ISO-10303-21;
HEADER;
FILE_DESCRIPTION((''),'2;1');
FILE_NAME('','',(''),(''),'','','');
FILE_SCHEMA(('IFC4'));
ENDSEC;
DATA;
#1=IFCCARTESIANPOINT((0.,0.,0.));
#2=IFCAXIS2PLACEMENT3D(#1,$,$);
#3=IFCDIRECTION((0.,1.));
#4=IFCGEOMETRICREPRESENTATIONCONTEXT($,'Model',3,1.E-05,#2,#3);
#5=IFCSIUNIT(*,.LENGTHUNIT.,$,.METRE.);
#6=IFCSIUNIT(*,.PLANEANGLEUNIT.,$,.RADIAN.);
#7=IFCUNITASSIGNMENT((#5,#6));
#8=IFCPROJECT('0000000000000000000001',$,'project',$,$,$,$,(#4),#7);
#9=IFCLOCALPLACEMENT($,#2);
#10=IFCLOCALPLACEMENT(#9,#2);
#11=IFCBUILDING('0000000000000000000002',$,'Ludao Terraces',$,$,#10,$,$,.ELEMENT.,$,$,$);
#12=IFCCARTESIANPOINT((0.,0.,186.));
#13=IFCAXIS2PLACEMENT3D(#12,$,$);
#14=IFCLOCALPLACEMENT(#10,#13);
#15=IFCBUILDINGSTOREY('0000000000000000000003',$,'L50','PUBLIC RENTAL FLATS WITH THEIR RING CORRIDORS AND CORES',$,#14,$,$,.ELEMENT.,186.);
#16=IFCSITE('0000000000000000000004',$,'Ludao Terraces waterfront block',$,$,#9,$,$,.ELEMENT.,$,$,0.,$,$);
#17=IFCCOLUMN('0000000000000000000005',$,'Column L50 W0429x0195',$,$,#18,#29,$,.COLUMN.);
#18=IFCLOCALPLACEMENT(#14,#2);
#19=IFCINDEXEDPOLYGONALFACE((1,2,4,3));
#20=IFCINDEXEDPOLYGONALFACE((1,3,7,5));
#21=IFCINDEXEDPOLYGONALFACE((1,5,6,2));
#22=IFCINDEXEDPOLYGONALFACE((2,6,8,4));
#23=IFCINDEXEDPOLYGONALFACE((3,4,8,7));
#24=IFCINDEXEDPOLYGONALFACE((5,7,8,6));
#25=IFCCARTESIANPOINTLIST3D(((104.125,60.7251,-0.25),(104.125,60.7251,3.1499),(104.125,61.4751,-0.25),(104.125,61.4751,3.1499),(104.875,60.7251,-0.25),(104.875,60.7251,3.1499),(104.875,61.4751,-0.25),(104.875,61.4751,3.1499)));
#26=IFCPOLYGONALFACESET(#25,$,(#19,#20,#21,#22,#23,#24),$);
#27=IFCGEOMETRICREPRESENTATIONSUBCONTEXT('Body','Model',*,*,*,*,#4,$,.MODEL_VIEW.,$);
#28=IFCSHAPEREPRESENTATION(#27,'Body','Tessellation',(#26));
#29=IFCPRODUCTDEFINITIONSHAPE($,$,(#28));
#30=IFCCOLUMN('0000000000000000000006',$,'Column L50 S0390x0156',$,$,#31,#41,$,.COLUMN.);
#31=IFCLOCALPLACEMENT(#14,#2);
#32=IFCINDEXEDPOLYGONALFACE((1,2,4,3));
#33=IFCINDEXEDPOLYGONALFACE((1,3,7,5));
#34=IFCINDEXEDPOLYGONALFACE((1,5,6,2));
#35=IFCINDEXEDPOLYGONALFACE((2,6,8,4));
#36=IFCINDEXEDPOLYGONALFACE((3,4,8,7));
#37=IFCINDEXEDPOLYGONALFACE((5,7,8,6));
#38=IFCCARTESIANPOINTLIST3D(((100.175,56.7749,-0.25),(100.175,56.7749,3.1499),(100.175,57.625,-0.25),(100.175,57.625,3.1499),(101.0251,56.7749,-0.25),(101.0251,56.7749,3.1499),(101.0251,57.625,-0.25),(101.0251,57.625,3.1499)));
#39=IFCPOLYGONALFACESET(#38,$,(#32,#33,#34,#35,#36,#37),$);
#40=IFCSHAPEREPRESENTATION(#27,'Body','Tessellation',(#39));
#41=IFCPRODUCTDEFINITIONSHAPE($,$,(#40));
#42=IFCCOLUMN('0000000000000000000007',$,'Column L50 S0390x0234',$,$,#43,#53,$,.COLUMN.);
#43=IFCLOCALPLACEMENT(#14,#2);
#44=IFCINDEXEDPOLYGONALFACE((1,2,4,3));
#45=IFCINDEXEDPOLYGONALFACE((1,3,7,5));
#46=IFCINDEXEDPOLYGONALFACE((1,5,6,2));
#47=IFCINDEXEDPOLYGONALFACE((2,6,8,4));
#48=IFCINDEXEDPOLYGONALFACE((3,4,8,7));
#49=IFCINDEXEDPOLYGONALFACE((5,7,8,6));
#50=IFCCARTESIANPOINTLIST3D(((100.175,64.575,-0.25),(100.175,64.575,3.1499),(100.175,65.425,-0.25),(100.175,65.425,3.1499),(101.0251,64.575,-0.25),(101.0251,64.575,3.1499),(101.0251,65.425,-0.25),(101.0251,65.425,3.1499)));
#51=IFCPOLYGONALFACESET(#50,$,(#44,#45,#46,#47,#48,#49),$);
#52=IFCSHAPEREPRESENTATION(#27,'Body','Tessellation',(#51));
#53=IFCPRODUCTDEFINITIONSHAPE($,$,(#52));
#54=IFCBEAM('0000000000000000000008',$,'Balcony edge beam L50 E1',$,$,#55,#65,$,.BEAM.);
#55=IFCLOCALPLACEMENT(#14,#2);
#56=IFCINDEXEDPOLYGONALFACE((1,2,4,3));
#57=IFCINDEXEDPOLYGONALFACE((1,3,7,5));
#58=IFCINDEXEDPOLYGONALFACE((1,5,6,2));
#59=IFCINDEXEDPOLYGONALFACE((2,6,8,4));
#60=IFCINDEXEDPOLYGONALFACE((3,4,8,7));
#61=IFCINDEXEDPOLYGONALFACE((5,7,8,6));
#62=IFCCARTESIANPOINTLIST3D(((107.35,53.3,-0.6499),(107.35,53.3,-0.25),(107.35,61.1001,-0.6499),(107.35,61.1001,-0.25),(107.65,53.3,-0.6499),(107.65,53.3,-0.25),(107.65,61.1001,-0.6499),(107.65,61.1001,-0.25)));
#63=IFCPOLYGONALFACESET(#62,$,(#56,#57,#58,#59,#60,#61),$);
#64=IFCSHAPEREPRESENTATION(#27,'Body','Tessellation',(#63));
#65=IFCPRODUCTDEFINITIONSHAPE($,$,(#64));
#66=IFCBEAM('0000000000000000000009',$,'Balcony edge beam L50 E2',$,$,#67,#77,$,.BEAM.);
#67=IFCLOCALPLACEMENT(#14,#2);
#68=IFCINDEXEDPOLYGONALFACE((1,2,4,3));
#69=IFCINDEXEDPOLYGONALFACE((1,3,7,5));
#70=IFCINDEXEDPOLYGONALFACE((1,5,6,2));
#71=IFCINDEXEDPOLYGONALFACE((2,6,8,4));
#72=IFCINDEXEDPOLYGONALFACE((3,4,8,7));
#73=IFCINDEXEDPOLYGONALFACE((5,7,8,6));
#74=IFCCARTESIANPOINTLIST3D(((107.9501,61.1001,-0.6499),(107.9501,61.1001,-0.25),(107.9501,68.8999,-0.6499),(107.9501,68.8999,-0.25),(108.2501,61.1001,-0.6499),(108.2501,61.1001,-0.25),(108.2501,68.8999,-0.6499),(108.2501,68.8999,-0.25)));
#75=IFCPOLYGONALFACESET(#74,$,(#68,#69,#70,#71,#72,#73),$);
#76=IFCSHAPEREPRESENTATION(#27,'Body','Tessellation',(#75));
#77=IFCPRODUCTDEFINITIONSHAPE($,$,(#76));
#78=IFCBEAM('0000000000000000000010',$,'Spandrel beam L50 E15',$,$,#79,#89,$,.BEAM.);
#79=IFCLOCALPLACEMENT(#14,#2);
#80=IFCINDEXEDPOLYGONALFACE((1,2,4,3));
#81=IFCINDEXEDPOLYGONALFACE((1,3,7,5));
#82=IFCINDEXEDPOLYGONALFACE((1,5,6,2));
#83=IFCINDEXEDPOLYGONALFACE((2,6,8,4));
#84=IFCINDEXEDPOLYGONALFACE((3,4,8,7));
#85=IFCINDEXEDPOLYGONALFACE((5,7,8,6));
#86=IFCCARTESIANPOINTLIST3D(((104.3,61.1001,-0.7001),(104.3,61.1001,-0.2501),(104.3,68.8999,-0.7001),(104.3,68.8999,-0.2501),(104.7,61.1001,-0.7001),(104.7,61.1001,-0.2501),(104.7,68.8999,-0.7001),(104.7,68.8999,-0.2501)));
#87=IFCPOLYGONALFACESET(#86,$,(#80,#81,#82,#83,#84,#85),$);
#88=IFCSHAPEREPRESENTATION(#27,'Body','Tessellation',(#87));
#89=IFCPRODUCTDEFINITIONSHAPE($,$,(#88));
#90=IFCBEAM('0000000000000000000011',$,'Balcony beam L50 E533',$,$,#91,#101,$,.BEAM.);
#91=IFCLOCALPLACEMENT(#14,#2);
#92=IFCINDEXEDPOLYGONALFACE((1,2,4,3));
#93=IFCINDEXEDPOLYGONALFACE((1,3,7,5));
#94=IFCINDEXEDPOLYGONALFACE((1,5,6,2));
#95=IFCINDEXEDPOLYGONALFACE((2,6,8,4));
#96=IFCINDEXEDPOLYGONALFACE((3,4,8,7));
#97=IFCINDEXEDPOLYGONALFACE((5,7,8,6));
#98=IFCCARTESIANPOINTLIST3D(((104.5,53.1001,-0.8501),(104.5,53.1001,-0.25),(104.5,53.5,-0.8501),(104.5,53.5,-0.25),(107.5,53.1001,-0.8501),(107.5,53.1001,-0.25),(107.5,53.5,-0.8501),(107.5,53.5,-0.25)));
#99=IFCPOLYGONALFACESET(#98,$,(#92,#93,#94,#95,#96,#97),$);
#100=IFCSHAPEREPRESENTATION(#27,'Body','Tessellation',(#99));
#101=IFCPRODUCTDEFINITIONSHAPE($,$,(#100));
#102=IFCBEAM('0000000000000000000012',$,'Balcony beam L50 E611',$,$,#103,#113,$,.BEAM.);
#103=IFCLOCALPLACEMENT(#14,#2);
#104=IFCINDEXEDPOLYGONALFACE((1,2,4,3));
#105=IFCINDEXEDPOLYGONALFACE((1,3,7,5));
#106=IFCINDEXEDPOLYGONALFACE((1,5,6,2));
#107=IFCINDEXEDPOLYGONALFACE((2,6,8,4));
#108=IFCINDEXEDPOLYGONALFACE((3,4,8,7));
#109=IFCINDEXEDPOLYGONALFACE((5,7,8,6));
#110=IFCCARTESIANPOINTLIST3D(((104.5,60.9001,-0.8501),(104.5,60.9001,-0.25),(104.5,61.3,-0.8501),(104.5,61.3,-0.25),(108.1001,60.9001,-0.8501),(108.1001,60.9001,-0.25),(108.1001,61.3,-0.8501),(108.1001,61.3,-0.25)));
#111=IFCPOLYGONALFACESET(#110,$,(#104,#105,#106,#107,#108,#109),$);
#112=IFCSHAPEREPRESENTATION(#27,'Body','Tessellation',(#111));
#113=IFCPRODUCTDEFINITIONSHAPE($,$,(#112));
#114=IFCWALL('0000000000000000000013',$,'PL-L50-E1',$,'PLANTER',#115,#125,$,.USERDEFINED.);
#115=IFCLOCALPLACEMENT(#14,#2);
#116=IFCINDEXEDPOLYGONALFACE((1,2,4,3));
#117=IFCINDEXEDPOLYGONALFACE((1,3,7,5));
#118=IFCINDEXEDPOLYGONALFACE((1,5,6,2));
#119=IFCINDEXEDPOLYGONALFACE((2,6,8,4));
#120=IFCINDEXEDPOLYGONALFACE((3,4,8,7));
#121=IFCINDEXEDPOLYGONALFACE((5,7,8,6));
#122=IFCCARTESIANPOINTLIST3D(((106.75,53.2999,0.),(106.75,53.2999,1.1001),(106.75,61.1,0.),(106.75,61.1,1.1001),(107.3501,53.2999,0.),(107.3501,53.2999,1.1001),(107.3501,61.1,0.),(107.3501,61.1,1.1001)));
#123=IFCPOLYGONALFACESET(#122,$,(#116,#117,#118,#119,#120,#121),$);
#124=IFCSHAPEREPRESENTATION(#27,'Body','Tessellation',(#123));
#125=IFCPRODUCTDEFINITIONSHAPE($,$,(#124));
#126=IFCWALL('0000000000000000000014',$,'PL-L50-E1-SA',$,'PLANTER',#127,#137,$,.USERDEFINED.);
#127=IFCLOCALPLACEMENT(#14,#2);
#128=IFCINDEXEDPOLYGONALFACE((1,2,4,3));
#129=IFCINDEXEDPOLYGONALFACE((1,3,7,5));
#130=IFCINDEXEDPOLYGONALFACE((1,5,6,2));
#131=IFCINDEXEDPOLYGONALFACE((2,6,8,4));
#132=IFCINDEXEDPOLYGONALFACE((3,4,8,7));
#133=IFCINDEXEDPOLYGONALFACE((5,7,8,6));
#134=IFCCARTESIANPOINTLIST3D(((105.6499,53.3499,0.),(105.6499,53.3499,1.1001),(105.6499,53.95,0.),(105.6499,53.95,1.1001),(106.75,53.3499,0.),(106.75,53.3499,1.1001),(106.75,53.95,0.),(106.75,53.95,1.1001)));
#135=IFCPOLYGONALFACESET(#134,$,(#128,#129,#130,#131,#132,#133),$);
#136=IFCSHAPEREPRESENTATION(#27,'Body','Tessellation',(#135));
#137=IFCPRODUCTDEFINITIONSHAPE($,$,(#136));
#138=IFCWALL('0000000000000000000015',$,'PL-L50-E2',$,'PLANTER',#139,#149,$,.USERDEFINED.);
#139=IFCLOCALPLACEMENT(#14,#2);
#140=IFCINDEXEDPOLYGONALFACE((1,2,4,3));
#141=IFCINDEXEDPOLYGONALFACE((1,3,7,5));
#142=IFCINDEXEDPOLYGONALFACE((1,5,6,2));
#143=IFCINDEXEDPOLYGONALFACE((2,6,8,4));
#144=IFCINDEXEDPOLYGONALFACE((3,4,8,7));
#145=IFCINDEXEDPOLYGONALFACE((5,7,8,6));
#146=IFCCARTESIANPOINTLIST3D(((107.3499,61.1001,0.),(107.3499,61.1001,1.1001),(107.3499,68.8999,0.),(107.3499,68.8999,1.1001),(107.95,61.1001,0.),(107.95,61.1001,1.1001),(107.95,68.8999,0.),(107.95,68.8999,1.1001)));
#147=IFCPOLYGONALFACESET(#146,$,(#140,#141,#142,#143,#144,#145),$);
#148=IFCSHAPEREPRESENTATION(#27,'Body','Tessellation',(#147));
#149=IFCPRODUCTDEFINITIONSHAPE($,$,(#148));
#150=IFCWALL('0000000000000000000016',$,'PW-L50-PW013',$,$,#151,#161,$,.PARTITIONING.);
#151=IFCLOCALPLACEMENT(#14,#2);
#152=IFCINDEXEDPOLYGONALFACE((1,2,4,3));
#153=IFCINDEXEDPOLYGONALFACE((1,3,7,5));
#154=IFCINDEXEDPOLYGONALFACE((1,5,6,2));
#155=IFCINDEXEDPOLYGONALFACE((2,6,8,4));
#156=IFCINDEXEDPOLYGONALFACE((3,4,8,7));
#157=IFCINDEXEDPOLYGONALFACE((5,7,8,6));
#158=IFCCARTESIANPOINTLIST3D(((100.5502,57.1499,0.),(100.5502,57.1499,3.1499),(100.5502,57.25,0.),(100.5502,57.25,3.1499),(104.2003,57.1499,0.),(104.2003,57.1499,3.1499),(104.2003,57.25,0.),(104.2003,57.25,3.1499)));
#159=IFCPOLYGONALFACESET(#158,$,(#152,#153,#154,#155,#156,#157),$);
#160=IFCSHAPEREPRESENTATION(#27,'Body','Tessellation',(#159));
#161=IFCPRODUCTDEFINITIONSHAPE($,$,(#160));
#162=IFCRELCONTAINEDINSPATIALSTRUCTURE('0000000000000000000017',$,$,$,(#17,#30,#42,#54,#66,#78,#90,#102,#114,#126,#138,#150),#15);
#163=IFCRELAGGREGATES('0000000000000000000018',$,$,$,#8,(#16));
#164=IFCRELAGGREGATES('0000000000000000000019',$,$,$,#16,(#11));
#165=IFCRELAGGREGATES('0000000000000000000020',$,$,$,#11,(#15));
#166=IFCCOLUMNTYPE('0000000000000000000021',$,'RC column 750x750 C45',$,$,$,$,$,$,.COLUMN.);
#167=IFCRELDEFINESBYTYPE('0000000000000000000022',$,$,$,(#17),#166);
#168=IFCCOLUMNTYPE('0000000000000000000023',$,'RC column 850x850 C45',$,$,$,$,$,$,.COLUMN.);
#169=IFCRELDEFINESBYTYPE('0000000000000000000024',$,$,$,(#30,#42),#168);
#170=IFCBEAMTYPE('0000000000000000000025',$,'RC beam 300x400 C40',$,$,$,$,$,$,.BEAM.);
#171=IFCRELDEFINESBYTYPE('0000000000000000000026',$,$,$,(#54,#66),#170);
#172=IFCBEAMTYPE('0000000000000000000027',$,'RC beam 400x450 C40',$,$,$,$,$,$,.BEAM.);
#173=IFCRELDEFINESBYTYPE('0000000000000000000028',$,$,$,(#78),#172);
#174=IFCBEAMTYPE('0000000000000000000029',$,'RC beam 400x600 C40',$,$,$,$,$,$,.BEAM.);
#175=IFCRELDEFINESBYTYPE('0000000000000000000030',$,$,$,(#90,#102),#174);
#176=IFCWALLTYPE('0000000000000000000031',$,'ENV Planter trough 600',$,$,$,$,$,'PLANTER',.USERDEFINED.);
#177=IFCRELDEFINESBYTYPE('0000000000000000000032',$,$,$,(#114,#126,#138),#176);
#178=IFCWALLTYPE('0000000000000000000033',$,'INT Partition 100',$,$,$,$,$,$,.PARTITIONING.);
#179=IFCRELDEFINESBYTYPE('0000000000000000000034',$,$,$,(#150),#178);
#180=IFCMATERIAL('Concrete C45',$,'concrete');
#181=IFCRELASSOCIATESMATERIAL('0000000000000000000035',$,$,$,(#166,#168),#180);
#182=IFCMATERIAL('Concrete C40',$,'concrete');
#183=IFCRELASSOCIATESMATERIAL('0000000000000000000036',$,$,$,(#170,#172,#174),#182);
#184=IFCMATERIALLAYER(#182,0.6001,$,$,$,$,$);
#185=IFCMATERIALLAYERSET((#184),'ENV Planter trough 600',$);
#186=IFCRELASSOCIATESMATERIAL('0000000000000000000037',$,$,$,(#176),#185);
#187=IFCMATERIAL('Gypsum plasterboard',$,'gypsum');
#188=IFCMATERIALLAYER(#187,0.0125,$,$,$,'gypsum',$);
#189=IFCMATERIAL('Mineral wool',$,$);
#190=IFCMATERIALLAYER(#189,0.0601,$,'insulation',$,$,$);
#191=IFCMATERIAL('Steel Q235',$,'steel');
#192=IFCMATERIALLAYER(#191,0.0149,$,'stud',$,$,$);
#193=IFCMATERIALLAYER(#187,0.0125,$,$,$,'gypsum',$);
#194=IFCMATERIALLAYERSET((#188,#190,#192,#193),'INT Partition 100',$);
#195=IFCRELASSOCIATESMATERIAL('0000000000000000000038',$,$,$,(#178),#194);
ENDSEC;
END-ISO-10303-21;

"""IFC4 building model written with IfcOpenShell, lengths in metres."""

from ifc_helpers import new_model, si_unit, direction, frame, frame_2d, origin, origin_2d, place, context, subcontext, project, spatial, rectangle, extrude, material, layer, layer_set, material_profile, profile_set, type_object, element, save


model = new_model("IFC4")

# Units and contexts
model_context = context("Model", 3, precision=1e-05, world=origin(), true_north=direction((0.0, 1.0)))
body_context = subcontext(model_context, "Body", "Model", "MODEL_VIEW")
ifc_project = project(units=[si_unit("LENGTHUNIT", "METRE"), si_unit("PLANEANGLEUNIT", "RADIAN")], contexts=[model_context])

# Site, building, storey
site_placement = place(None, origin())
site = spatial("IfcSite", under=ifc_project, at=site_placement, Name="Ludao Terraces waterfront block", CompositionType="ELEMENT", RefElevation=0.0)
building_placement = place(site_placement, origin())
building = spatial("IfcBuilding", under=site, at=building_placement, Name="Ludao Terraces", CompositionType="ELEMENT")
storey_placement = place(building_placement, frame((0.0, 0.0, 186.0)))
storey = spatial("IfcBuildingStorey", under=building, at=storey_placement, Name="L50", Description="PUBLIC RENTAL FLATS WITH THEIR RING CORRIDORS AND CORES", CompositionType="ELEMENT", Elevation=186.0)

# Columns
ifc_material_1 = material(Name="Concrete C45", Category="concrete")
ifc_material_profile_1 = material_profile(ifc_material_1, rectangle(XDim=0.75, YDim=0.75, at=origin_2d()), Name="750 X 750")
ifc_profile_set_1 = profile_set([ifc_material_profile_1], Name="Concrete C45")
column_type_1 = type_object("IfcColumnType", Name="RC column 750x750 C45", PredefinedType="COLUMN", material=ifc_profile_set_1)
column_placement = place(storey_placement, frame((104.5, 61.1001, -0.25), z_axis=(0.0, 0.0, 1.0), x_axis=(1.0, 0.0, 0.0)))
element("IfcColumn", 1, at=column_placement, inside=storey, type_object=column_type_1, Name="Column L50 W0429x0195", PredefinedType="COLUMN", context=body_context, shape_type="SweptSolid", body=[
    extrude(rectangle(XDim=0.75, YDim=0.75, at=origin_2d()), origin(), (0.0, 0.0, 1.0), 3.3999),
])
ifc_material_profile_2 = material_profile(ifc_material_1, rectangle(XDim=0.8501, YDim=0.8501, at=origin_2d()), Name="850 X 850")
ifc_profile_set_2 = profile_set([ifc_material_profile_2], Name="Concrete C45")
column_type_2 = type_object("IfcColumnType", Name="RC column 850x850 C45", PredefinedType="COLUMN", material=ifc_profile_set_2)
for number, where, z_axis, x_axis, name in (
    (2, (100.6001, 57.2, -0.25), (0.0, 0.0, 1.0), (1.0, 0.0, 0.0), "Column L50 S0390x0156"),
    (3, (100.6001, 65.0, -0.25), (0.0, 0.0, 1.0), (1.0, 0.0, 0.0), "Column L50 S0390x0234"),
):
    element("IfcColumn", number, at=place(storey_placement, frame(where, z_axis=z_axis, x_axis=x_axis)), inside=storey, type_object=column_type_2, Name=name, PredefinedType="COLUMN", context=body_context, shape_type="SweptSolid", body=[
        extrude(rectangle(XDim=0.8501, YDim=0.8501, at=origin_2d()), origin(), (0.0, 0.0, 1.0), 3.3999),
    ])

# Beams
ifc_material_2 = material(Name="Concrete C40", Category="concrete")
ifc_material_profile_3 = material_profile(ifc_material_2, rectangle(XDim=0.3, YDim=0.3999, at=origin_2d()), Name="300 X 400")
ifc_profile_set_3 = profile_set([ifc_material_profile_3], Name="Concrete C40")
beam_type_1 = type_object("IfcBeamType", Name="RC beam 300x400 C40", PredefinedType="BEAM", material=ifc_profile_set_3)
beam_1_placement = place(storey_placement, frame((107.5, 53.3, -0.45), z_axis=(0.0, 1.0, 0.0), x_axis=(-1.0, 0.0, 0.0)))
element("IfcBeam", 4, at=beam_1_placement, inside=storey, type_object=beam_type_1, Name="Balcony edge beam L50 E1", PredefinedType="BEAM", context=body_context, shape_type="SweptSolid", body=[
    extrude(rectangle(XDim=0.3, YDim=0.3999, at=origin_2d()), origin(), (0.0, 0.0, 1.0), 7.8),
])
beam_2_placement = place(storey_placement, frame((108.1001, 61.1001, -0.45), z_axis=(0.0, 1.0, 0.0), x_axis=(-1.0, 0.0, 0.0)))
element("IfcBeam", 5, at=beam_2_placement, inside=storey, type_object=beam_type_1, Name="Balcony edge beam L50 E2", PredefinedType="BEAM", context=body_context, shape_type="SweptSolid", body=[
    extrude(rectangle(XDim=0.3, YDim=0.3999, at=origin_2d()), origin(), (0.0, 0.0, 1.0), 7.7998),
])
ifc_material_profile_4 = material_profile(ifc_material_2, rectangle(XDim=0.3999, YDim=0.45, at=origin_2d()), Name="400 X 450")
ifc_profile_set_4 = profile_set([ifc_material_profile_4], Name="Concrete C40")
beam_type_2 = type_object("IfcBeamType", Name="RC beam 400x450 C40", PredefinedType="BEAM", material=ifc_profile_set_4)
beam_3_placement = place(storey_placement, frame((104.5, 61.1001, -0.4751), z_axis=(0.0, 1.0, 0.0), x_axis=(-1.0, 0.0, 0.0)))
element("IfcBeam", 6, at=beam_3_placement, inside=storey, type_object=beam_type_2, Name="Spandrel beam L50 E15", PredefinedType="BEAM", context=body_context, shape_type="SweptSolid", body=[
    extrude(rectangle(XDim=0.3999, YDim=0.45, at=origin_2d()), origin(), (0.0, 0.0, 1.0), 7.7998),
])
ifc_material_profile_5 = material_profile(ifc_material_2, rectangle(XDim=0.3999, YDim=0.6001, at=origin_2d()), Name="400 X 600")
ifc_profile_set_5 = profile_set([ifc_material_profile_5], Name="Concrete C40")
beam_type_3 = type_object("IfcBeamType", Name="RC beam 400x600 C40", PredefinedType="BEAM", material=ifc_profile_set_5)
beam_4_placement = place(storey_placement, frame((104.5, 53.3, -0.55), z_axis=(1.0, 0.0, 0.0), x_axis=(0.0, 1.0, 0.0)))
element("IfcBeam", 7, at=beam_4_placement, inside=storey, type_object=beam_type_3, Name="Balcony beam L50 E533", PredefinedType="BEAM", context=body_context, shape_type="SweptSolid", body=[
    extrude(rectangle(XDim=0.3999, YDim=0.6001, at=origin_2d()), origin(), (0.0, 0.0, 1.0), 3.0),
])
beam_5_placement = place(storey_placement, frame((104.5, 61.1001, -0.55), z_axis=(1.0, 0.0, 0.0), x_axis=(0.0, 1.0, 0.0)))
element("IfcBeam", 8, at=beam_5_placement, inside=storey, type_object=beam_type_3, Name="Balcony beam L50 E611", PredefinedType="BEAM", context=body_context, shape_type="SweptSolid", body=[
    extrude(rectangle(XDim=0.3999, YDim=0.6001, at=origin_2d()), origin(), (0.0, 0.0, 1.0), 3.6001),
])

# Walls
ifc_layer_1 = layer(ifc_material_2, 0.6001)
ifc_layer_set_1 = layer_set([ifc_layer_1], Name="ENV Planter trough 600")
wall_type_1 = type_object("IfcWallType", Name="ENV Planter trough 600", ElementType="PLANTER", PredefinedType="USERDEFINED", material=ifc_layer_set_1)
wall_1_placement = place(storey_placement, frame((107.05, 53.3, 0.0), z_axis=(0.0, 0.0, 1.0), x_axis=(0.0, 1.0, 0.0)))
element("IfcWall", 9, at=wall_1_placement, inside=storey, type_object=wall_type_1, Name="PL-L50-E1", ObjectType="PLANTER", PredefinedType="USERDEFINED", context=body_context, shape_type="SweptSolid", body=[
    extrude(rectangle(XDim=7.8, YDim=0.6001, at=frame_2d((3.8999, 0.0))), origin(), (0.0, 0.0, 1.0), 1.1001),
])
wall_2_placement = place(storey_placement, frame((106.75, 53.6499, 0.0), z_axis=(0.0, 0.0, 1.0), x_axis=(-1.0, 0.0, 0.0)))
element("IfcWall", 10, at=wall_2_placement, inside=storey, type_object=wall_type_1, Name="PL-L50-E1-SA", ObjectType="PLANTER", PredefinedType="USERDEFINED", context=body_context, shape_type="SweptSolid", body=[
    extrude(rectangle(XDim=1.1001, YDim=0.6001, at=frame_2d((0.55, 0.0))), origin(), (0.0, 0.0, 1.0), 1.1001),
])
wall_3_placement = place(storey_placement, frame((107.6499, 61.1001, 0.0), z_axis=(0.0, 0.0, 1.0), x_axis=(0.0, 1.0, 0.0)))
element("IfcWall", 11, at=wall_3_placement, inside=storey, type_object=wall_type_1, Name="PL-L50-E2", ObjectType="PLANTER", PredefinedType="USERDEFINED", context=body_context, shape_type="SweptSolid", body=[
    extrude(rectangle(XDim=7.7998, YDim=0.6001, at=frame_2d((3.8999, 0.0))), origin(), (0.0, 0.0, 1.0), 1.1001),
])

# Shared definitions
ifc_material_3 = material(Name="Mineral wool")

# Wall
ifc_material_4 = material(Name="Gypsum plasterboard", Category="gypsum")
ifc_layer_2 = layer(ifc_material_4, 0.0125, Category="gypsum")
ifc_layer_3 = layer(ifc_material_3, 0.0601, Name="insulation")
ifc_material_5 = material(Name="Steel Q235", Category="steel")
ifc_layer_4 = layer(ifc_material_5, 0.0149, Name="stud")
ifc_layer_5 = layer(ifc_material_4, 0.0125, Category="gypsum")
ifc_layer_set_2 = layer_set([ifc_layer_2, ifc_layer_3, ifc_layer_4, ifc_layer_5], Name="INT Partition 100")
wall_type_2 = type_object("IfcWallType", Name="INT Partition 100", PredefinedType="PARTITIONING", material=ifc_layer_set_2)
wall_4_placement = place(storey_placement, frame((100.55, 57.2, 0.0), z_axis=(0.0, 0.0, 1.0), x_axis=(1.0, 0.0, 0.0)))
element("IfcWall", 12, at=wall_4_placement, inside=storey, type_object=wall_type_2, Name="PW-L50-PW013", PredefinedType="PARTITIONING", context=body_context, shape_type="SweptSolid", body=[
    extrude(rectangle(XDim=3.6501, YDim=0.1001, at=frame_2d((1.8252, 0.0))), origin(), (0.0, 0.0, 1.0), 3.1499),
])

save(model, "model.ifc")
